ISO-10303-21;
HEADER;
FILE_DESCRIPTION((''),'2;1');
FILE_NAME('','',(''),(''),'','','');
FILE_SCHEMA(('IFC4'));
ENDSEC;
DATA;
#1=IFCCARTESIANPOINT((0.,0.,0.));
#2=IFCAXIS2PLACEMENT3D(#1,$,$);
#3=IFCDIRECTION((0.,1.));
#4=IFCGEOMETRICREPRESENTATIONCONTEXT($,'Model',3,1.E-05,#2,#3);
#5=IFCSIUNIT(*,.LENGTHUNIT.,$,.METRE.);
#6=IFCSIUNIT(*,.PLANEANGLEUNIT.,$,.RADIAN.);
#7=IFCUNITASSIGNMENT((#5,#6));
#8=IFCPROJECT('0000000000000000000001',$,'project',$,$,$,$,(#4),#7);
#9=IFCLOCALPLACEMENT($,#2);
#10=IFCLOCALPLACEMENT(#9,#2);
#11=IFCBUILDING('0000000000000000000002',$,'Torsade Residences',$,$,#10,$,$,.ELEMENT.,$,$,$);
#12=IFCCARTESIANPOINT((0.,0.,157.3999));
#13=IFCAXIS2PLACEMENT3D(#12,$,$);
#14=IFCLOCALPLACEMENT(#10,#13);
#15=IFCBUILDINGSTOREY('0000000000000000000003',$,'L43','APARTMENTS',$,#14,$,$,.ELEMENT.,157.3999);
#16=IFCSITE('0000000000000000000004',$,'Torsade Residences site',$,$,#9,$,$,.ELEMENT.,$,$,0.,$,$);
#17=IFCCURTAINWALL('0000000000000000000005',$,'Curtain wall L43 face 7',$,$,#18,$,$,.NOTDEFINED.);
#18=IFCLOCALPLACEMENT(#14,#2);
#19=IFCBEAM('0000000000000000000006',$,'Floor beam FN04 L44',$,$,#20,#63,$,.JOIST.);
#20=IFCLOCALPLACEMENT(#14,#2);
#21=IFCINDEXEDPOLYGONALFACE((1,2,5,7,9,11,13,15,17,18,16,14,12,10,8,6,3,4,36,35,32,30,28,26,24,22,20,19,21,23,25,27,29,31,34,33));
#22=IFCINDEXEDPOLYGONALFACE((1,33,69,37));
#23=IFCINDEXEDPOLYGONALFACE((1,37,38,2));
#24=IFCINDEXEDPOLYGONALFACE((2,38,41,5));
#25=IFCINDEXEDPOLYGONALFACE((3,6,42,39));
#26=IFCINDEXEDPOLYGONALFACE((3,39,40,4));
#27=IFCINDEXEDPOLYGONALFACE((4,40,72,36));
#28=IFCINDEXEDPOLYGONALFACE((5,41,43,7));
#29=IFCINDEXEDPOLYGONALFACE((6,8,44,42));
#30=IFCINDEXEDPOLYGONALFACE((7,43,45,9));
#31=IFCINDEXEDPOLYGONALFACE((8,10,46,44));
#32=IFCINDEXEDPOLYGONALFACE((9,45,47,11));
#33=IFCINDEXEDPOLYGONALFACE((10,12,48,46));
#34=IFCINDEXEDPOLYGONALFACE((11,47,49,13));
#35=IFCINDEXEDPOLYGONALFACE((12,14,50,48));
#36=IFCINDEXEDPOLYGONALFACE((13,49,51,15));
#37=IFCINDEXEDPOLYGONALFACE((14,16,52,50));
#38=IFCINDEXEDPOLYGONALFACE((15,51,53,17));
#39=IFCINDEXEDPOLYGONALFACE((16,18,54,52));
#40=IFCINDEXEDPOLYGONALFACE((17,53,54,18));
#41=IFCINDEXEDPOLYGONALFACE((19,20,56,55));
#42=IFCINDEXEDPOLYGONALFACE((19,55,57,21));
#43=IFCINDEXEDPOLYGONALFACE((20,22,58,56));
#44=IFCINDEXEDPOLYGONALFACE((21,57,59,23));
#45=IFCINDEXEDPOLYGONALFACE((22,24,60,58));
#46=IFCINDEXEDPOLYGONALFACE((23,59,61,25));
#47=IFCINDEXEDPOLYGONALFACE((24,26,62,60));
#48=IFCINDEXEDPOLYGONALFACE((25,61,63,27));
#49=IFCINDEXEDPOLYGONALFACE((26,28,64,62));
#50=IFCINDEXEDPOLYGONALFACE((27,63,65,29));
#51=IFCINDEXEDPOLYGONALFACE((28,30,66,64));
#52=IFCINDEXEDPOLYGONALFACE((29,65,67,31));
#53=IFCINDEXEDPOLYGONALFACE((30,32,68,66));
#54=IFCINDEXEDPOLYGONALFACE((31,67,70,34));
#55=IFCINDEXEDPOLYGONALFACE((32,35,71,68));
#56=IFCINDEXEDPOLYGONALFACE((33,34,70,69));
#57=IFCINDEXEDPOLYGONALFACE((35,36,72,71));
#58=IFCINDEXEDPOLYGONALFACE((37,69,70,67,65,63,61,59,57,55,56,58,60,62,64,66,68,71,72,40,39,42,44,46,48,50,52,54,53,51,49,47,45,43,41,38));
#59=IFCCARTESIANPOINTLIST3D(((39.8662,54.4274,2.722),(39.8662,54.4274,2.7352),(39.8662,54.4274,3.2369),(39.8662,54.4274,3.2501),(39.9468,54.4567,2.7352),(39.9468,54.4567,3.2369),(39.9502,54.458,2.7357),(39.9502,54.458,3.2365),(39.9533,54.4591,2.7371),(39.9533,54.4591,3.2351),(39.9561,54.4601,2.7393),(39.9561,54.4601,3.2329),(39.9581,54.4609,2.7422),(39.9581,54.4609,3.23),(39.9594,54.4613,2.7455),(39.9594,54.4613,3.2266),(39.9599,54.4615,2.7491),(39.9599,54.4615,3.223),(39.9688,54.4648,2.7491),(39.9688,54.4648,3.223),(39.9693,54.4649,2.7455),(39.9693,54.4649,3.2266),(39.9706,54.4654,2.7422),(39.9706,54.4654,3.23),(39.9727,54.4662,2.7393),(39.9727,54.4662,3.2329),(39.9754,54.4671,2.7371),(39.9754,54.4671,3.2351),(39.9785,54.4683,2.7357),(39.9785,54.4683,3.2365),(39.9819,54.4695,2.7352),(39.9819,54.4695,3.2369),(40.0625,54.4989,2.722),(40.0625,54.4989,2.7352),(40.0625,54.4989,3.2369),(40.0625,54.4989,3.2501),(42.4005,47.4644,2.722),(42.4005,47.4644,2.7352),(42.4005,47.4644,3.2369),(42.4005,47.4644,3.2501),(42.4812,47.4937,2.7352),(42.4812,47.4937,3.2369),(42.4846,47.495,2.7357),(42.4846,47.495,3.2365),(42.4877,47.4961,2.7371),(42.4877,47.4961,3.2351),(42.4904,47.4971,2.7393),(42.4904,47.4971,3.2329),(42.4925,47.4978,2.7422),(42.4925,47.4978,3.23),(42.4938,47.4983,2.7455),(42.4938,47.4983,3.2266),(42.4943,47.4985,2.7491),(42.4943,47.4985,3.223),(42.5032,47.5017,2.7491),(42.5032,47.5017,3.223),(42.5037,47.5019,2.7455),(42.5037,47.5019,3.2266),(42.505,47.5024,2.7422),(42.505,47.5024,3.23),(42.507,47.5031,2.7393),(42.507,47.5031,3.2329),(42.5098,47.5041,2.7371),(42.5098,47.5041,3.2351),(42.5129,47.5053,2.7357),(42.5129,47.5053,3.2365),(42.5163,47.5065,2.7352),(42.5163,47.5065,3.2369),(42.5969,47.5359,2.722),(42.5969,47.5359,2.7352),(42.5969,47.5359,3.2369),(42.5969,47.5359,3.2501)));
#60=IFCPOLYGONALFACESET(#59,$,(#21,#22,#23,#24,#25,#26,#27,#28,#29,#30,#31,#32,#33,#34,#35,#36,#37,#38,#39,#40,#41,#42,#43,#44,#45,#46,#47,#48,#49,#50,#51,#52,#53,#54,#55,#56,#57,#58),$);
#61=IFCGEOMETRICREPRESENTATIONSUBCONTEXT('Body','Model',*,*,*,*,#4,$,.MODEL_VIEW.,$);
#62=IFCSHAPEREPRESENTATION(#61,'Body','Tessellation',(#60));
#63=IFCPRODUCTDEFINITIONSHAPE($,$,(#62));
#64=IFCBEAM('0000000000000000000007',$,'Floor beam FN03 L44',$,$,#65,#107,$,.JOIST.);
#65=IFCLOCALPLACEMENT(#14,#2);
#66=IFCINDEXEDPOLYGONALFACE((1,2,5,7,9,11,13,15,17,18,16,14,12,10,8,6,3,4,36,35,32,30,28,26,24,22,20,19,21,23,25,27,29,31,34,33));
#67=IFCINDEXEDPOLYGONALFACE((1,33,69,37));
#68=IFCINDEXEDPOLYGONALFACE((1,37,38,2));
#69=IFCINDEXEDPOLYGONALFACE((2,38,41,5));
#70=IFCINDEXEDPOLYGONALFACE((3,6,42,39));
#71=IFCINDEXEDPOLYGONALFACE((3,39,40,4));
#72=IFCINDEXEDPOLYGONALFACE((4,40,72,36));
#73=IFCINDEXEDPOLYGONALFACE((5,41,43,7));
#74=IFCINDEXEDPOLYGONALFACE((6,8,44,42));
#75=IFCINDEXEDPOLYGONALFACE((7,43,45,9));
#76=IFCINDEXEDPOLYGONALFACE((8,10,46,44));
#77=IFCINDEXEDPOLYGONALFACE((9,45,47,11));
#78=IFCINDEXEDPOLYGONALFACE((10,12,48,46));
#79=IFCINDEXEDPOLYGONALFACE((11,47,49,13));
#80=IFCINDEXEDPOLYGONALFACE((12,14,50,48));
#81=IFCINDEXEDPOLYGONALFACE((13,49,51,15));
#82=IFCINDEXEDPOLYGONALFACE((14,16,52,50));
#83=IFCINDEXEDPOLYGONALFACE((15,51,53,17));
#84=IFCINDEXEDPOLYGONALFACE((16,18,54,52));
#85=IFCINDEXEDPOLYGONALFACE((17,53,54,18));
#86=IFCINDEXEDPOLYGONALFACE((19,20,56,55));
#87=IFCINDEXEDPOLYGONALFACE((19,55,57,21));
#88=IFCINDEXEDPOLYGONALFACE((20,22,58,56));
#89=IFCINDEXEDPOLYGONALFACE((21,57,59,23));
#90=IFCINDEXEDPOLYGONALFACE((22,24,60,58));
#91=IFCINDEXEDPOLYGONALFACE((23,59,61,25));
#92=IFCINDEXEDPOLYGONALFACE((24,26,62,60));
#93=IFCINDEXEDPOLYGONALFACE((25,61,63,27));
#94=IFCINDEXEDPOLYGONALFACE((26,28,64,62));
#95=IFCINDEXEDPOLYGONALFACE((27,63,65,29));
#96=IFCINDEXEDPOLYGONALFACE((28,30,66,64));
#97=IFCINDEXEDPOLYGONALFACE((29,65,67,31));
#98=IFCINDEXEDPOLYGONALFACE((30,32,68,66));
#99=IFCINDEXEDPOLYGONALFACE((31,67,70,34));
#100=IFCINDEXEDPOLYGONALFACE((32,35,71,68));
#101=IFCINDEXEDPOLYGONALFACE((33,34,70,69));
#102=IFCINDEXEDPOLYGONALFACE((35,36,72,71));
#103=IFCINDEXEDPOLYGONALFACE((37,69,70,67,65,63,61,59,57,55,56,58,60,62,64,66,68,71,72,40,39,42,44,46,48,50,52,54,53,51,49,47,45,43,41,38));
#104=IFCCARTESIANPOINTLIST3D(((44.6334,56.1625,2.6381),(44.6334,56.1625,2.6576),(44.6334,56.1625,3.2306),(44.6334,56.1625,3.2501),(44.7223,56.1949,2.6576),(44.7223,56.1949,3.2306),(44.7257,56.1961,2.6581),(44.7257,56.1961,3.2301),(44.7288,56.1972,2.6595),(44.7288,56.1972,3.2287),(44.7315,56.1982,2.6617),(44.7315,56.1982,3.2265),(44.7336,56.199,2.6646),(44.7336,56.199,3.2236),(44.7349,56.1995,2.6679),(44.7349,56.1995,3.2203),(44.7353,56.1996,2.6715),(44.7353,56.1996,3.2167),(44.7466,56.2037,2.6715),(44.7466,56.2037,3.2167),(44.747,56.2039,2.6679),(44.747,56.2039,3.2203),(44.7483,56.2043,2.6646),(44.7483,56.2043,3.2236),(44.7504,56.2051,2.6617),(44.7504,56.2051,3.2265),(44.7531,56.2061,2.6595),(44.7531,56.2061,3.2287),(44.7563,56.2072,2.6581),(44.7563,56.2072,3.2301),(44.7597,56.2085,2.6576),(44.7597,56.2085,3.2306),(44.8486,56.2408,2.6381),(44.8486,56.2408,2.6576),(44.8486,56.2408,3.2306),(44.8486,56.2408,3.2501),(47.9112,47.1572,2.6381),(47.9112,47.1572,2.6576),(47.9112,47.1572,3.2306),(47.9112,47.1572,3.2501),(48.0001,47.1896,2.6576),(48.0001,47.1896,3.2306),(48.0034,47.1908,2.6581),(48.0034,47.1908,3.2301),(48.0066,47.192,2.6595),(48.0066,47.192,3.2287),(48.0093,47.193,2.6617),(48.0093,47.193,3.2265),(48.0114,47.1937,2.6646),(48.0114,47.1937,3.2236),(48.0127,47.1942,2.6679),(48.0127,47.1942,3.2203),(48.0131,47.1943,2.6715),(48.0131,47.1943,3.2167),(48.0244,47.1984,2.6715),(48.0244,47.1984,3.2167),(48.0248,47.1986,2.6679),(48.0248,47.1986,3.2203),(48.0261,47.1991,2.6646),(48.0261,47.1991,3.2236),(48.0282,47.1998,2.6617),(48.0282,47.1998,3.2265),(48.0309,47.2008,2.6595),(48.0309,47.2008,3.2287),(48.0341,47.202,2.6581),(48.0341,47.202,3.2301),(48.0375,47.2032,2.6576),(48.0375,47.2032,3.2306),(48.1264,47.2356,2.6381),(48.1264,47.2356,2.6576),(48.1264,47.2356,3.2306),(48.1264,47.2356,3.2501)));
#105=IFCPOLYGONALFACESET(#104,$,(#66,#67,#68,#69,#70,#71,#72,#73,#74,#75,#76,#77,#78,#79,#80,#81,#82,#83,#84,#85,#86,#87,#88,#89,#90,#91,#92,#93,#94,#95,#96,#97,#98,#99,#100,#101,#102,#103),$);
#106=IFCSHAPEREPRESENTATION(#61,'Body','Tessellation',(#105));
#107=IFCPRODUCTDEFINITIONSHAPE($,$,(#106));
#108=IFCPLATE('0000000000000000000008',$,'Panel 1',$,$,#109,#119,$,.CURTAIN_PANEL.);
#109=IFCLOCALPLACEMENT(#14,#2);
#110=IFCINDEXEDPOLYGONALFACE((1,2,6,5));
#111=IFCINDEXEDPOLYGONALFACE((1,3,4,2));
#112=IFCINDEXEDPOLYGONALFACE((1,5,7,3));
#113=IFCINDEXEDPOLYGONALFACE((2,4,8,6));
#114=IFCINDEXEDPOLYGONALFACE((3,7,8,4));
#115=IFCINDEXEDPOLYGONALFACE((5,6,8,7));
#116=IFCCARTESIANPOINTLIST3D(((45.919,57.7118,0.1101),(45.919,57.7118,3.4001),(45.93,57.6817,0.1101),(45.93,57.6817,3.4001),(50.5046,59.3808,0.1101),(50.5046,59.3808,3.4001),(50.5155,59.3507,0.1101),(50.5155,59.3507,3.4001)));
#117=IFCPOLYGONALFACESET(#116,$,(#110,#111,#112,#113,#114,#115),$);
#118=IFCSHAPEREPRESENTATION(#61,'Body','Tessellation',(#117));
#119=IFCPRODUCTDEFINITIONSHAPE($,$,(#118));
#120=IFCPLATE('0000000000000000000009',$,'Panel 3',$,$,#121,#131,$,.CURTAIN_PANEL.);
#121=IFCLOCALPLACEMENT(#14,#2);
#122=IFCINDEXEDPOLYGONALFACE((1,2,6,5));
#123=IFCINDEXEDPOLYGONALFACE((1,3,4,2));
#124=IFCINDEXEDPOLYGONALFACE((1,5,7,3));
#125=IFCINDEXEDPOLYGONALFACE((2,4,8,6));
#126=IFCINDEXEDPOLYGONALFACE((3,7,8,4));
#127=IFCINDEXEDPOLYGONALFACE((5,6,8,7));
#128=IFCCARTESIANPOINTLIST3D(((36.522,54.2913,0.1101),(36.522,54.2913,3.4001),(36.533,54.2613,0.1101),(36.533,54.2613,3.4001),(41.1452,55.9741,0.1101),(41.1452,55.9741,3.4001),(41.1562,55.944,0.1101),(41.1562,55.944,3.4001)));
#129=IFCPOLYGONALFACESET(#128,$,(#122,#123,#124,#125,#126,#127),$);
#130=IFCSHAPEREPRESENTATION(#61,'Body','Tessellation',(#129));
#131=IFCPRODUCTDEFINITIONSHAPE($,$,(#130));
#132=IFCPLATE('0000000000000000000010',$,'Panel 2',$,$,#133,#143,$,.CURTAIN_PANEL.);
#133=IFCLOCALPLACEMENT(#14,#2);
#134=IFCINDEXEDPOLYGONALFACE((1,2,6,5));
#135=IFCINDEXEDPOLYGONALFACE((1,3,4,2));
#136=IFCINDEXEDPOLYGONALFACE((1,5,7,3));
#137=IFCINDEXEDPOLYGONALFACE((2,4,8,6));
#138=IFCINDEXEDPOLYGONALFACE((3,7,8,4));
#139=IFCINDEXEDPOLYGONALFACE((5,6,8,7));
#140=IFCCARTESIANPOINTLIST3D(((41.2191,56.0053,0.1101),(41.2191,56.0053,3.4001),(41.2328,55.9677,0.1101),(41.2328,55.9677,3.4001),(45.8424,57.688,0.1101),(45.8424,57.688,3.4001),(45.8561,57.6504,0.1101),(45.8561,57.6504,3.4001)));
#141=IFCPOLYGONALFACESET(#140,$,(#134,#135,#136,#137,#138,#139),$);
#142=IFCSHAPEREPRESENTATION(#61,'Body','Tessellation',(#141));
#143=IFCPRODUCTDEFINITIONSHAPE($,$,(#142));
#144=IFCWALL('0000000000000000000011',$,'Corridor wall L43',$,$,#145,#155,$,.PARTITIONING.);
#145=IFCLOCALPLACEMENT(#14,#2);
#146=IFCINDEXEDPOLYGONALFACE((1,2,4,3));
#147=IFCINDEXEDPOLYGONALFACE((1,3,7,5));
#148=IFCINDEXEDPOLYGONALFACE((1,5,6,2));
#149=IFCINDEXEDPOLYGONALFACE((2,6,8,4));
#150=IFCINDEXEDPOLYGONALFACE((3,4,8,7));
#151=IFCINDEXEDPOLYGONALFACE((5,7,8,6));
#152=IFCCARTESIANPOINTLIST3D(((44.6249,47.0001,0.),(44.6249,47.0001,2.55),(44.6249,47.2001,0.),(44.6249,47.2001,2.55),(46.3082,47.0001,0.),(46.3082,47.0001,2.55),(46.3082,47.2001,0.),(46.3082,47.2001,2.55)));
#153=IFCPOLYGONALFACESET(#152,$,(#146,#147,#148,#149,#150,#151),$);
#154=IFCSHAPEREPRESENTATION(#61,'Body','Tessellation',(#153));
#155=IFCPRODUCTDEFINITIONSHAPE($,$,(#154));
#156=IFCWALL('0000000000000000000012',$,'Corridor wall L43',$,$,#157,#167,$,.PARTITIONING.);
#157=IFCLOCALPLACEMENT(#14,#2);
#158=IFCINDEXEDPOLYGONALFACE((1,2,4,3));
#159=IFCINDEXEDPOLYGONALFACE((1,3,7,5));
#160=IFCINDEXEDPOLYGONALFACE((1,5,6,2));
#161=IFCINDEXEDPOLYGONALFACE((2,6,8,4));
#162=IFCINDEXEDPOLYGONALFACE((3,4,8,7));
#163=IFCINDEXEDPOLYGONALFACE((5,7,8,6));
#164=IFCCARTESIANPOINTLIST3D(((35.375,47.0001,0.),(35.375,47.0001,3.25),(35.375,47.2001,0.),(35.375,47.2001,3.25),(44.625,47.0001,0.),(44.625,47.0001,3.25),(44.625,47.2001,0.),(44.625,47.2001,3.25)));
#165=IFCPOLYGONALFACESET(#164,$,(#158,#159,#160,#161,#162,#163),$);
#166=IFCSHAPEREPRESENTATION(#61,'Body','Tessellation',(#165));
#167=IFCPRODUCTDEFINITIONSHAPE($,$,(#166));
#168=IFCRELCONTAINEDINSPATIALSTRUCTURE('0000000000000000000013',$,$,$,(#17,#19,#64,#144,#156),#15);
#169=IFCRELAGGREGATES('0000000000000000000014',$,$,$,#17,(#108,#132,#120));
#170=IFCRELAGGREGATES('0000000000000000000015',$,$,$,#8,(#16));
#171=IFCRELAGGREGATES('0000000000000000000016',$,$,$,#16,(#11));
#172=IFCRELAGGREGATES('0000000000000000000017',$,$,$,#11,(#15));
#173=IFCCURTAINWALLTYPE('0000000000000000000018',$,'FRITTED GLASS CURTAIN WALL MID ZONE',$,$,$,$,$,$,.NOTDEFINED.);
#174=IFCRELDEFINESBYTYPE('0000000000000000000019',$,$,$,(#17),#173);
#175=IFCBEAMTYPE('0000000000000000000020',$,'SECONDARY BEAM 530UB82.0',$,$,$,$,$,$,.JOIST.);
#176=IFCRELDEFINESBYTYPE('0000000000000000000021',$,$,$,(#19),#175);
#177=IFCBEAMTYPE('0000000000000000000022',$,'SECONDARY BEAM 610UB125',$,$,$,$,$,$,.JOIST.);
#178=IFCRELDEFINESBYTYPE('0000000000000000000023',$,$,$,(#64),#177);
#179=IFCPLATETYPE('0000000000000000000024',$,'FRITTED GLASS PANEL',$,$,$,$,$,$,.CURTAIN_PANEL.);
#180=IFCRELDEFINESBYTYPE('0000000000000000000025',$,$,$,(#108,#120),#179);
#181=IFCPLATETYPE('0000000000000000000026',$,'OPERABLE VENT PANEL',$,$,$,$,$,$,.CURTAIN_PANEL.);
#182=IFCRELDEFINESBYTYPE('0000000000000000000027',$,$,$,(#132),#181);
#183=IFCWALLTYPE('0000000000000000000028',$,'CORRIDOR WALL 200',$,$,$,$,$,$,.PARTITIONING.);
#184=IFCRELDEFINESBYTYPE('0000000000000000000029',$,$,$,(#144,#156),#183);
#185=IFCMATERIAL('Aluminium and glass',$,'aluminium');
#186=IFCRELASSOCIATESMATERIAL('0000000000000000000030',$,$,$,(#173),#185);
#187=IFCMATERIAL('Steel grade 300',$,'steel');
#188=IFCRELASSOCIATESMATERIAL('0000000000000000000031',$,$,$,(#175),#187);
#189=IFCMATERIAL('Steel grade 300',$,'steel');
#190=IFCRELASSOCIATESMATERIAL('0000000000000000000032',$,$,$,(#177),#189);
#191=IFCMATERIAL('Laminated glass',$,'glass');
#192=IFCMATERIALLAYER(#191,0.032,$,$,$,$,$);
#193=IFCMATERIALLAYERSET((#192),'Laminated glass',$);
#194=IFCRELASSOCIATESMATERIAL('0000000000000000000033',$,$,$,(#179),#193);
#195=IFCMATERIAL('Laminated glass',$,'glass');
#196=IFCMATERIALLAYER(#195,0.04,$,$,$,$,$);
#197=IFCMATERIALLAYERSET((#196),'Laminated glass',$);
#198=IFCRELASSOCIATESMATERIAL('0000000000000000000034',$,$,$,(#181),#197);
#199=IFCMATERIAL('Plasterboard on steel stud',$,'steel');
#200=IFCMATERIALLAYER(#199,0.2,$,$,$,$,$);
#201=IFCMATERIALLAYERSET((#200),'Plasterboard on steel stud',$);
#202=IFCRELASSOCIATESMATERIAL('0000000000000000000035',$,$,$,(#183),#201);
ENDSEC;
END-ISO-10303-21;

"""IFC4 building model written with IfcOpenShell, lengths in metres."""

from ifc_helpers import new_model, si_unit, direction, frame, frame_2d, origin, origin_2d, place, context, subcontext, project, spatial, rectangle, i_section, extrude, material, layer, layer_set, material_profile, profile_set, type_object, element, aggregate, save


model = new_model("IFC4")

# Units and contexts
model_context = context("Model", 3, precision=1e-05, world=origin(), true_north=direction((0.0, 1.0)))
body_context = subcontext(model_context, "Body", "Model", "MODEL_VIEW")
ifc_project = project(units=[si_unit("LENGTHUNIT", "METRE"), si_unit("PLANEANGLEUNIT", "RADIAN")], contexts=[model_context])

# Site, building, storey
site_placement = place(None, origin())
site = spatial("IfcSite", under=ifc_project, at=site_placement, Name="Torsade Residences site", CompositionType="ELEMENT", RefElevation=0.0)
building_placement = place(site_placement, origin())
building = spatial("IfcBuilding", under=site, at=building_placement, Name="Torsade Residences", CompositionType="ELEMENT")
storey_placement = place(building_placement, frame((0.0, 0.0, 157.3999)))
storey = spatial("IfcBuildingStorey", under=building, at=storey_placement, Name="L43", Description="APARTMENTS", CompositionType="ELEMENT", Elevation=157.3999)

# Curtain wall
ifc_material_1 = material(Name="Aluminium and glass", Category="aluminium")
curtain_wall_type = type_object("IfcCurtainWallType", Name="FRITTED GLASS CURTAIN WALL MID ZONE", PredefinedType="NOTDEFINED", material=ifc_material_1)
curtain_wall_placement = place(storey_placement, origin())
curtain_wall = element("IfcCurtainWall", 1, at=curtain_wall_placement, inside=storey, type_object=curtain_wall_type, Name="Curtain wall L43 face 7", PredefinedType="NOTDEFINED")

# Beams
ifc_material_2 = material(Name="Steel grade 300", Category="steel")
ifc_material_profile_1 = material_profile(ifc_material_2, i_section(OverallWidth=0.209, OverallDepth=0.5281, WebThickness=0.0095, FlangeThickness=0.0132, FilletRadius=0.0139, at=origin_2d()), Name="530UB82.0")
ifc_profile_set_1 = profile_set([ifc_material_profile_1], Name="Steel grade 300")
beam_type_1 = type_object("IfcBeamType", Name="SECONDARY BEAM 530UB82.0", PredefinedType="JOIST", material=ifc_profile_set_1)
beam_1_placement = place(storey_placement, frame((39.9644, 54.4631, 2.9861), z_axis=(0.342026, -0.93969, 0.0), x_axis=(0.93969, 0.342026, 0.0)))
element("IfcBeam", 2, at=beam_1_placement, inside=storey, type_object=beam_type_1, Name="Floor beam FN04 L44", PredefinedType="JOIST", context=body_context, shape_type="SweptSolid", body=[
    extrude(i_section(OverallWidth=0.209, OverallDepth=0.5281, WebThickness=0.0095, FlangeThickness=0.0132, FilletRadius=0.0139, at=origin_2d()), origin(), (0.0, 0.0, 1.0), 7.4099),
])
ifc_material_3 = material(Name="Steel grade 300", Category="steel")
ifc_material_profile_2 = material_profile(ifc_material_3, i_section(OverallWidth=0.229, OverallDepth=0.6121, WebThickness=0.012, FlangeThickness=0.0195, FilletRadius=0.0139, at=origin_2d()), Name="610UB125")
ifc_profile_set_2 = profile_set([ifc_material_profile_2], Name="Steel grade 300")
beam_type_2 = type_object("IfcBeamType", Name="SECONDARY BEAM 610UB125", PredefinedType="JOIST", material=ifc_profile_set_2)
beam_2_placement = place(storey_placement, frame((44.741, 56.2017, 2.9441), z_axis=(0.342034, -0.939688, 0.0), x_axis=(0.939688, 0.342034, 0.0)))
element("IfcBeam", 3, at=beam_2_placement, inside=storey, type_object=beam_type_2, Name="Floor beam FN03 L44", PredefinedType="JOIST", context=body_context, shape_type="SweptSolid", body=[
    extrude(i_section(OverallWidth=0.229, OverallDepth=0.6121, WebThickness=0.012, FlangeThickness=0.0195, FilletRadius=0.0139, at=origin_2d()), origin(), (0.0, 0.0, 1.0), 9.5833),
])

# Plates
ifc_material_4 = material(Name="Laminated glass", Category="glass")
ifc_layer_1 = layer(ifc_material_4, 0.032)
ifc_layer_set_1 = layer_set([ifc_layer_1], Name="Laminated glass")
plate_type_1 = type_object("IfcPlateType", Name="FRITTED GLASS PANEL", PredefinedType="CURTAIN_PANEL", material=ifc_layer_set_1)
plate_1_placement = place(storey_placement, frame((48.2173, 58.5312, 0.1101), z_axis=(0.0, 0.0, 1.0), x_axis=(-0.939693, -0.34202, 0.0)))
plate_1 = element("IfcPlate", 4, at=plate_1_placement, type_object=plate_type_1, Name="Panel 1", PredefinedType="CURTAIN_PANEL", context=body_context, shape_type="SweptSolid", body=[
    extrude(rectangle(XDim=4.8799, YDim=0.032, at=origin_2d()), origin(), (0.0, 0.0, 1.0), 3.29),
])
plate_2_placement = place(storey_placement, frame((38.8391, 55.1177, 0.1101), z_axis=(0.0, 0.0, 1.0), x_axis=(-0.939693, -0.34202, 0.0)))
plate_2 = element("IfcPlate", 5, at=plate_2_placement, type_object=plate_type_1, Name="Panel 3", PredefinedType="CURTAIN_PANEL", context=body_context, shape_type="SweptSolid", body=[
    extrude(rectangle(XDim=4.9199, YDim=0.032, at=origin_2d()), origin(), (0.0, 0.0, 1.0), 3.29),
])
ifc_material_5 = material(Name="Laminated glass", Category="glass")
ifc_layer_2 = layer(ifc_material_5, 0.04)
ifc_layer_set_2 = layer_set([ifc_layer_2], Name="Laminated glass")
plate_type_2 = type_object("IfcPlateType", Name="OPERABLE VENT PANEL", PredefinedType="CURTAIN_PANEL", material=ifc_layer_set_2)
plate_3_placement = place(storey_placement, frame((43.5376, 56.8279, 0.1101), z_axis=(0.0, 0.0, 1.0), x_axis=(-0.939693, -0.34202, 0.0)))
plate_3 = element("IfcPlate", 6, at=plate_3_placement, type_object=plate_type_2, Name="Panel 2", PredefinedType="CURTAIN_PANEL", context=body_context, shape_type="SweptSolid", body=[
    extrude(rectangle(XDim=4.9199, YDim=0.04, at=origin_2d()), origin(), (0.0, 0.0, 1.0), 3.29),
])
aggregate(curtain_wall, [plate_1, plate_3, plate_2])

# Walls
ifc_material_6 = material(Name="Plasterboard on steel stud", Category="steel")
ifc_layer_3 = layer(ifc_material_6, 0.2)
ifc_layer_set_3 = layer_set([ifc_layer_3], Name="Plasterboard on steel stud")
wall_type_1 = type_object("IfcWallType", Name="CORRIDOR WALL 200", PredefinedType="PARTITIONING", material=ifc_layer_set_3)
wall_1_placement = place(storey_placement, frame((46.3083, 47.1001, 0.0), z_axis=(0.0, 0.0, 1.0), x_axis=(-1.0, 0.0, 0.0)))
element("IfcWall", 7, at=wall_1_placement, inside=storey, type_object=wall_type_1, Name="Corridor wall L43", PredefinedType="PARTITIONING", context=body_context, shape_type="SweptSolid", body=[
    extrude(rectangle(XDim=1.6833, YDim=0.2, at=frame_2d((0.8418, 0.0))), origin(), (0.0, 0.0, 1.0), 2.55),
])
wall_2_placement = place(storey_placement, frame((44.625, 47.1001, 0.0), z_axis=(0.0, 0.0, 1.0), x_axis=(-1.0, 0.0, 0.0)))
element("IfcWall", 8, at=wall_2_placement, inside=storey, type_object=wall_type_1, Name="Corridor wall L43", PredefinedType="PARTITIONING", context=body_context, shape_type="SweptSolid", body=[
    extrude(rectangle(XDim=9.25, YDim=0.2, at=frame_2d((4.625, 0.0))), origin(), (0.0, 0.0, 1.0), 3.25),
])

save(model, "model.ifc")
